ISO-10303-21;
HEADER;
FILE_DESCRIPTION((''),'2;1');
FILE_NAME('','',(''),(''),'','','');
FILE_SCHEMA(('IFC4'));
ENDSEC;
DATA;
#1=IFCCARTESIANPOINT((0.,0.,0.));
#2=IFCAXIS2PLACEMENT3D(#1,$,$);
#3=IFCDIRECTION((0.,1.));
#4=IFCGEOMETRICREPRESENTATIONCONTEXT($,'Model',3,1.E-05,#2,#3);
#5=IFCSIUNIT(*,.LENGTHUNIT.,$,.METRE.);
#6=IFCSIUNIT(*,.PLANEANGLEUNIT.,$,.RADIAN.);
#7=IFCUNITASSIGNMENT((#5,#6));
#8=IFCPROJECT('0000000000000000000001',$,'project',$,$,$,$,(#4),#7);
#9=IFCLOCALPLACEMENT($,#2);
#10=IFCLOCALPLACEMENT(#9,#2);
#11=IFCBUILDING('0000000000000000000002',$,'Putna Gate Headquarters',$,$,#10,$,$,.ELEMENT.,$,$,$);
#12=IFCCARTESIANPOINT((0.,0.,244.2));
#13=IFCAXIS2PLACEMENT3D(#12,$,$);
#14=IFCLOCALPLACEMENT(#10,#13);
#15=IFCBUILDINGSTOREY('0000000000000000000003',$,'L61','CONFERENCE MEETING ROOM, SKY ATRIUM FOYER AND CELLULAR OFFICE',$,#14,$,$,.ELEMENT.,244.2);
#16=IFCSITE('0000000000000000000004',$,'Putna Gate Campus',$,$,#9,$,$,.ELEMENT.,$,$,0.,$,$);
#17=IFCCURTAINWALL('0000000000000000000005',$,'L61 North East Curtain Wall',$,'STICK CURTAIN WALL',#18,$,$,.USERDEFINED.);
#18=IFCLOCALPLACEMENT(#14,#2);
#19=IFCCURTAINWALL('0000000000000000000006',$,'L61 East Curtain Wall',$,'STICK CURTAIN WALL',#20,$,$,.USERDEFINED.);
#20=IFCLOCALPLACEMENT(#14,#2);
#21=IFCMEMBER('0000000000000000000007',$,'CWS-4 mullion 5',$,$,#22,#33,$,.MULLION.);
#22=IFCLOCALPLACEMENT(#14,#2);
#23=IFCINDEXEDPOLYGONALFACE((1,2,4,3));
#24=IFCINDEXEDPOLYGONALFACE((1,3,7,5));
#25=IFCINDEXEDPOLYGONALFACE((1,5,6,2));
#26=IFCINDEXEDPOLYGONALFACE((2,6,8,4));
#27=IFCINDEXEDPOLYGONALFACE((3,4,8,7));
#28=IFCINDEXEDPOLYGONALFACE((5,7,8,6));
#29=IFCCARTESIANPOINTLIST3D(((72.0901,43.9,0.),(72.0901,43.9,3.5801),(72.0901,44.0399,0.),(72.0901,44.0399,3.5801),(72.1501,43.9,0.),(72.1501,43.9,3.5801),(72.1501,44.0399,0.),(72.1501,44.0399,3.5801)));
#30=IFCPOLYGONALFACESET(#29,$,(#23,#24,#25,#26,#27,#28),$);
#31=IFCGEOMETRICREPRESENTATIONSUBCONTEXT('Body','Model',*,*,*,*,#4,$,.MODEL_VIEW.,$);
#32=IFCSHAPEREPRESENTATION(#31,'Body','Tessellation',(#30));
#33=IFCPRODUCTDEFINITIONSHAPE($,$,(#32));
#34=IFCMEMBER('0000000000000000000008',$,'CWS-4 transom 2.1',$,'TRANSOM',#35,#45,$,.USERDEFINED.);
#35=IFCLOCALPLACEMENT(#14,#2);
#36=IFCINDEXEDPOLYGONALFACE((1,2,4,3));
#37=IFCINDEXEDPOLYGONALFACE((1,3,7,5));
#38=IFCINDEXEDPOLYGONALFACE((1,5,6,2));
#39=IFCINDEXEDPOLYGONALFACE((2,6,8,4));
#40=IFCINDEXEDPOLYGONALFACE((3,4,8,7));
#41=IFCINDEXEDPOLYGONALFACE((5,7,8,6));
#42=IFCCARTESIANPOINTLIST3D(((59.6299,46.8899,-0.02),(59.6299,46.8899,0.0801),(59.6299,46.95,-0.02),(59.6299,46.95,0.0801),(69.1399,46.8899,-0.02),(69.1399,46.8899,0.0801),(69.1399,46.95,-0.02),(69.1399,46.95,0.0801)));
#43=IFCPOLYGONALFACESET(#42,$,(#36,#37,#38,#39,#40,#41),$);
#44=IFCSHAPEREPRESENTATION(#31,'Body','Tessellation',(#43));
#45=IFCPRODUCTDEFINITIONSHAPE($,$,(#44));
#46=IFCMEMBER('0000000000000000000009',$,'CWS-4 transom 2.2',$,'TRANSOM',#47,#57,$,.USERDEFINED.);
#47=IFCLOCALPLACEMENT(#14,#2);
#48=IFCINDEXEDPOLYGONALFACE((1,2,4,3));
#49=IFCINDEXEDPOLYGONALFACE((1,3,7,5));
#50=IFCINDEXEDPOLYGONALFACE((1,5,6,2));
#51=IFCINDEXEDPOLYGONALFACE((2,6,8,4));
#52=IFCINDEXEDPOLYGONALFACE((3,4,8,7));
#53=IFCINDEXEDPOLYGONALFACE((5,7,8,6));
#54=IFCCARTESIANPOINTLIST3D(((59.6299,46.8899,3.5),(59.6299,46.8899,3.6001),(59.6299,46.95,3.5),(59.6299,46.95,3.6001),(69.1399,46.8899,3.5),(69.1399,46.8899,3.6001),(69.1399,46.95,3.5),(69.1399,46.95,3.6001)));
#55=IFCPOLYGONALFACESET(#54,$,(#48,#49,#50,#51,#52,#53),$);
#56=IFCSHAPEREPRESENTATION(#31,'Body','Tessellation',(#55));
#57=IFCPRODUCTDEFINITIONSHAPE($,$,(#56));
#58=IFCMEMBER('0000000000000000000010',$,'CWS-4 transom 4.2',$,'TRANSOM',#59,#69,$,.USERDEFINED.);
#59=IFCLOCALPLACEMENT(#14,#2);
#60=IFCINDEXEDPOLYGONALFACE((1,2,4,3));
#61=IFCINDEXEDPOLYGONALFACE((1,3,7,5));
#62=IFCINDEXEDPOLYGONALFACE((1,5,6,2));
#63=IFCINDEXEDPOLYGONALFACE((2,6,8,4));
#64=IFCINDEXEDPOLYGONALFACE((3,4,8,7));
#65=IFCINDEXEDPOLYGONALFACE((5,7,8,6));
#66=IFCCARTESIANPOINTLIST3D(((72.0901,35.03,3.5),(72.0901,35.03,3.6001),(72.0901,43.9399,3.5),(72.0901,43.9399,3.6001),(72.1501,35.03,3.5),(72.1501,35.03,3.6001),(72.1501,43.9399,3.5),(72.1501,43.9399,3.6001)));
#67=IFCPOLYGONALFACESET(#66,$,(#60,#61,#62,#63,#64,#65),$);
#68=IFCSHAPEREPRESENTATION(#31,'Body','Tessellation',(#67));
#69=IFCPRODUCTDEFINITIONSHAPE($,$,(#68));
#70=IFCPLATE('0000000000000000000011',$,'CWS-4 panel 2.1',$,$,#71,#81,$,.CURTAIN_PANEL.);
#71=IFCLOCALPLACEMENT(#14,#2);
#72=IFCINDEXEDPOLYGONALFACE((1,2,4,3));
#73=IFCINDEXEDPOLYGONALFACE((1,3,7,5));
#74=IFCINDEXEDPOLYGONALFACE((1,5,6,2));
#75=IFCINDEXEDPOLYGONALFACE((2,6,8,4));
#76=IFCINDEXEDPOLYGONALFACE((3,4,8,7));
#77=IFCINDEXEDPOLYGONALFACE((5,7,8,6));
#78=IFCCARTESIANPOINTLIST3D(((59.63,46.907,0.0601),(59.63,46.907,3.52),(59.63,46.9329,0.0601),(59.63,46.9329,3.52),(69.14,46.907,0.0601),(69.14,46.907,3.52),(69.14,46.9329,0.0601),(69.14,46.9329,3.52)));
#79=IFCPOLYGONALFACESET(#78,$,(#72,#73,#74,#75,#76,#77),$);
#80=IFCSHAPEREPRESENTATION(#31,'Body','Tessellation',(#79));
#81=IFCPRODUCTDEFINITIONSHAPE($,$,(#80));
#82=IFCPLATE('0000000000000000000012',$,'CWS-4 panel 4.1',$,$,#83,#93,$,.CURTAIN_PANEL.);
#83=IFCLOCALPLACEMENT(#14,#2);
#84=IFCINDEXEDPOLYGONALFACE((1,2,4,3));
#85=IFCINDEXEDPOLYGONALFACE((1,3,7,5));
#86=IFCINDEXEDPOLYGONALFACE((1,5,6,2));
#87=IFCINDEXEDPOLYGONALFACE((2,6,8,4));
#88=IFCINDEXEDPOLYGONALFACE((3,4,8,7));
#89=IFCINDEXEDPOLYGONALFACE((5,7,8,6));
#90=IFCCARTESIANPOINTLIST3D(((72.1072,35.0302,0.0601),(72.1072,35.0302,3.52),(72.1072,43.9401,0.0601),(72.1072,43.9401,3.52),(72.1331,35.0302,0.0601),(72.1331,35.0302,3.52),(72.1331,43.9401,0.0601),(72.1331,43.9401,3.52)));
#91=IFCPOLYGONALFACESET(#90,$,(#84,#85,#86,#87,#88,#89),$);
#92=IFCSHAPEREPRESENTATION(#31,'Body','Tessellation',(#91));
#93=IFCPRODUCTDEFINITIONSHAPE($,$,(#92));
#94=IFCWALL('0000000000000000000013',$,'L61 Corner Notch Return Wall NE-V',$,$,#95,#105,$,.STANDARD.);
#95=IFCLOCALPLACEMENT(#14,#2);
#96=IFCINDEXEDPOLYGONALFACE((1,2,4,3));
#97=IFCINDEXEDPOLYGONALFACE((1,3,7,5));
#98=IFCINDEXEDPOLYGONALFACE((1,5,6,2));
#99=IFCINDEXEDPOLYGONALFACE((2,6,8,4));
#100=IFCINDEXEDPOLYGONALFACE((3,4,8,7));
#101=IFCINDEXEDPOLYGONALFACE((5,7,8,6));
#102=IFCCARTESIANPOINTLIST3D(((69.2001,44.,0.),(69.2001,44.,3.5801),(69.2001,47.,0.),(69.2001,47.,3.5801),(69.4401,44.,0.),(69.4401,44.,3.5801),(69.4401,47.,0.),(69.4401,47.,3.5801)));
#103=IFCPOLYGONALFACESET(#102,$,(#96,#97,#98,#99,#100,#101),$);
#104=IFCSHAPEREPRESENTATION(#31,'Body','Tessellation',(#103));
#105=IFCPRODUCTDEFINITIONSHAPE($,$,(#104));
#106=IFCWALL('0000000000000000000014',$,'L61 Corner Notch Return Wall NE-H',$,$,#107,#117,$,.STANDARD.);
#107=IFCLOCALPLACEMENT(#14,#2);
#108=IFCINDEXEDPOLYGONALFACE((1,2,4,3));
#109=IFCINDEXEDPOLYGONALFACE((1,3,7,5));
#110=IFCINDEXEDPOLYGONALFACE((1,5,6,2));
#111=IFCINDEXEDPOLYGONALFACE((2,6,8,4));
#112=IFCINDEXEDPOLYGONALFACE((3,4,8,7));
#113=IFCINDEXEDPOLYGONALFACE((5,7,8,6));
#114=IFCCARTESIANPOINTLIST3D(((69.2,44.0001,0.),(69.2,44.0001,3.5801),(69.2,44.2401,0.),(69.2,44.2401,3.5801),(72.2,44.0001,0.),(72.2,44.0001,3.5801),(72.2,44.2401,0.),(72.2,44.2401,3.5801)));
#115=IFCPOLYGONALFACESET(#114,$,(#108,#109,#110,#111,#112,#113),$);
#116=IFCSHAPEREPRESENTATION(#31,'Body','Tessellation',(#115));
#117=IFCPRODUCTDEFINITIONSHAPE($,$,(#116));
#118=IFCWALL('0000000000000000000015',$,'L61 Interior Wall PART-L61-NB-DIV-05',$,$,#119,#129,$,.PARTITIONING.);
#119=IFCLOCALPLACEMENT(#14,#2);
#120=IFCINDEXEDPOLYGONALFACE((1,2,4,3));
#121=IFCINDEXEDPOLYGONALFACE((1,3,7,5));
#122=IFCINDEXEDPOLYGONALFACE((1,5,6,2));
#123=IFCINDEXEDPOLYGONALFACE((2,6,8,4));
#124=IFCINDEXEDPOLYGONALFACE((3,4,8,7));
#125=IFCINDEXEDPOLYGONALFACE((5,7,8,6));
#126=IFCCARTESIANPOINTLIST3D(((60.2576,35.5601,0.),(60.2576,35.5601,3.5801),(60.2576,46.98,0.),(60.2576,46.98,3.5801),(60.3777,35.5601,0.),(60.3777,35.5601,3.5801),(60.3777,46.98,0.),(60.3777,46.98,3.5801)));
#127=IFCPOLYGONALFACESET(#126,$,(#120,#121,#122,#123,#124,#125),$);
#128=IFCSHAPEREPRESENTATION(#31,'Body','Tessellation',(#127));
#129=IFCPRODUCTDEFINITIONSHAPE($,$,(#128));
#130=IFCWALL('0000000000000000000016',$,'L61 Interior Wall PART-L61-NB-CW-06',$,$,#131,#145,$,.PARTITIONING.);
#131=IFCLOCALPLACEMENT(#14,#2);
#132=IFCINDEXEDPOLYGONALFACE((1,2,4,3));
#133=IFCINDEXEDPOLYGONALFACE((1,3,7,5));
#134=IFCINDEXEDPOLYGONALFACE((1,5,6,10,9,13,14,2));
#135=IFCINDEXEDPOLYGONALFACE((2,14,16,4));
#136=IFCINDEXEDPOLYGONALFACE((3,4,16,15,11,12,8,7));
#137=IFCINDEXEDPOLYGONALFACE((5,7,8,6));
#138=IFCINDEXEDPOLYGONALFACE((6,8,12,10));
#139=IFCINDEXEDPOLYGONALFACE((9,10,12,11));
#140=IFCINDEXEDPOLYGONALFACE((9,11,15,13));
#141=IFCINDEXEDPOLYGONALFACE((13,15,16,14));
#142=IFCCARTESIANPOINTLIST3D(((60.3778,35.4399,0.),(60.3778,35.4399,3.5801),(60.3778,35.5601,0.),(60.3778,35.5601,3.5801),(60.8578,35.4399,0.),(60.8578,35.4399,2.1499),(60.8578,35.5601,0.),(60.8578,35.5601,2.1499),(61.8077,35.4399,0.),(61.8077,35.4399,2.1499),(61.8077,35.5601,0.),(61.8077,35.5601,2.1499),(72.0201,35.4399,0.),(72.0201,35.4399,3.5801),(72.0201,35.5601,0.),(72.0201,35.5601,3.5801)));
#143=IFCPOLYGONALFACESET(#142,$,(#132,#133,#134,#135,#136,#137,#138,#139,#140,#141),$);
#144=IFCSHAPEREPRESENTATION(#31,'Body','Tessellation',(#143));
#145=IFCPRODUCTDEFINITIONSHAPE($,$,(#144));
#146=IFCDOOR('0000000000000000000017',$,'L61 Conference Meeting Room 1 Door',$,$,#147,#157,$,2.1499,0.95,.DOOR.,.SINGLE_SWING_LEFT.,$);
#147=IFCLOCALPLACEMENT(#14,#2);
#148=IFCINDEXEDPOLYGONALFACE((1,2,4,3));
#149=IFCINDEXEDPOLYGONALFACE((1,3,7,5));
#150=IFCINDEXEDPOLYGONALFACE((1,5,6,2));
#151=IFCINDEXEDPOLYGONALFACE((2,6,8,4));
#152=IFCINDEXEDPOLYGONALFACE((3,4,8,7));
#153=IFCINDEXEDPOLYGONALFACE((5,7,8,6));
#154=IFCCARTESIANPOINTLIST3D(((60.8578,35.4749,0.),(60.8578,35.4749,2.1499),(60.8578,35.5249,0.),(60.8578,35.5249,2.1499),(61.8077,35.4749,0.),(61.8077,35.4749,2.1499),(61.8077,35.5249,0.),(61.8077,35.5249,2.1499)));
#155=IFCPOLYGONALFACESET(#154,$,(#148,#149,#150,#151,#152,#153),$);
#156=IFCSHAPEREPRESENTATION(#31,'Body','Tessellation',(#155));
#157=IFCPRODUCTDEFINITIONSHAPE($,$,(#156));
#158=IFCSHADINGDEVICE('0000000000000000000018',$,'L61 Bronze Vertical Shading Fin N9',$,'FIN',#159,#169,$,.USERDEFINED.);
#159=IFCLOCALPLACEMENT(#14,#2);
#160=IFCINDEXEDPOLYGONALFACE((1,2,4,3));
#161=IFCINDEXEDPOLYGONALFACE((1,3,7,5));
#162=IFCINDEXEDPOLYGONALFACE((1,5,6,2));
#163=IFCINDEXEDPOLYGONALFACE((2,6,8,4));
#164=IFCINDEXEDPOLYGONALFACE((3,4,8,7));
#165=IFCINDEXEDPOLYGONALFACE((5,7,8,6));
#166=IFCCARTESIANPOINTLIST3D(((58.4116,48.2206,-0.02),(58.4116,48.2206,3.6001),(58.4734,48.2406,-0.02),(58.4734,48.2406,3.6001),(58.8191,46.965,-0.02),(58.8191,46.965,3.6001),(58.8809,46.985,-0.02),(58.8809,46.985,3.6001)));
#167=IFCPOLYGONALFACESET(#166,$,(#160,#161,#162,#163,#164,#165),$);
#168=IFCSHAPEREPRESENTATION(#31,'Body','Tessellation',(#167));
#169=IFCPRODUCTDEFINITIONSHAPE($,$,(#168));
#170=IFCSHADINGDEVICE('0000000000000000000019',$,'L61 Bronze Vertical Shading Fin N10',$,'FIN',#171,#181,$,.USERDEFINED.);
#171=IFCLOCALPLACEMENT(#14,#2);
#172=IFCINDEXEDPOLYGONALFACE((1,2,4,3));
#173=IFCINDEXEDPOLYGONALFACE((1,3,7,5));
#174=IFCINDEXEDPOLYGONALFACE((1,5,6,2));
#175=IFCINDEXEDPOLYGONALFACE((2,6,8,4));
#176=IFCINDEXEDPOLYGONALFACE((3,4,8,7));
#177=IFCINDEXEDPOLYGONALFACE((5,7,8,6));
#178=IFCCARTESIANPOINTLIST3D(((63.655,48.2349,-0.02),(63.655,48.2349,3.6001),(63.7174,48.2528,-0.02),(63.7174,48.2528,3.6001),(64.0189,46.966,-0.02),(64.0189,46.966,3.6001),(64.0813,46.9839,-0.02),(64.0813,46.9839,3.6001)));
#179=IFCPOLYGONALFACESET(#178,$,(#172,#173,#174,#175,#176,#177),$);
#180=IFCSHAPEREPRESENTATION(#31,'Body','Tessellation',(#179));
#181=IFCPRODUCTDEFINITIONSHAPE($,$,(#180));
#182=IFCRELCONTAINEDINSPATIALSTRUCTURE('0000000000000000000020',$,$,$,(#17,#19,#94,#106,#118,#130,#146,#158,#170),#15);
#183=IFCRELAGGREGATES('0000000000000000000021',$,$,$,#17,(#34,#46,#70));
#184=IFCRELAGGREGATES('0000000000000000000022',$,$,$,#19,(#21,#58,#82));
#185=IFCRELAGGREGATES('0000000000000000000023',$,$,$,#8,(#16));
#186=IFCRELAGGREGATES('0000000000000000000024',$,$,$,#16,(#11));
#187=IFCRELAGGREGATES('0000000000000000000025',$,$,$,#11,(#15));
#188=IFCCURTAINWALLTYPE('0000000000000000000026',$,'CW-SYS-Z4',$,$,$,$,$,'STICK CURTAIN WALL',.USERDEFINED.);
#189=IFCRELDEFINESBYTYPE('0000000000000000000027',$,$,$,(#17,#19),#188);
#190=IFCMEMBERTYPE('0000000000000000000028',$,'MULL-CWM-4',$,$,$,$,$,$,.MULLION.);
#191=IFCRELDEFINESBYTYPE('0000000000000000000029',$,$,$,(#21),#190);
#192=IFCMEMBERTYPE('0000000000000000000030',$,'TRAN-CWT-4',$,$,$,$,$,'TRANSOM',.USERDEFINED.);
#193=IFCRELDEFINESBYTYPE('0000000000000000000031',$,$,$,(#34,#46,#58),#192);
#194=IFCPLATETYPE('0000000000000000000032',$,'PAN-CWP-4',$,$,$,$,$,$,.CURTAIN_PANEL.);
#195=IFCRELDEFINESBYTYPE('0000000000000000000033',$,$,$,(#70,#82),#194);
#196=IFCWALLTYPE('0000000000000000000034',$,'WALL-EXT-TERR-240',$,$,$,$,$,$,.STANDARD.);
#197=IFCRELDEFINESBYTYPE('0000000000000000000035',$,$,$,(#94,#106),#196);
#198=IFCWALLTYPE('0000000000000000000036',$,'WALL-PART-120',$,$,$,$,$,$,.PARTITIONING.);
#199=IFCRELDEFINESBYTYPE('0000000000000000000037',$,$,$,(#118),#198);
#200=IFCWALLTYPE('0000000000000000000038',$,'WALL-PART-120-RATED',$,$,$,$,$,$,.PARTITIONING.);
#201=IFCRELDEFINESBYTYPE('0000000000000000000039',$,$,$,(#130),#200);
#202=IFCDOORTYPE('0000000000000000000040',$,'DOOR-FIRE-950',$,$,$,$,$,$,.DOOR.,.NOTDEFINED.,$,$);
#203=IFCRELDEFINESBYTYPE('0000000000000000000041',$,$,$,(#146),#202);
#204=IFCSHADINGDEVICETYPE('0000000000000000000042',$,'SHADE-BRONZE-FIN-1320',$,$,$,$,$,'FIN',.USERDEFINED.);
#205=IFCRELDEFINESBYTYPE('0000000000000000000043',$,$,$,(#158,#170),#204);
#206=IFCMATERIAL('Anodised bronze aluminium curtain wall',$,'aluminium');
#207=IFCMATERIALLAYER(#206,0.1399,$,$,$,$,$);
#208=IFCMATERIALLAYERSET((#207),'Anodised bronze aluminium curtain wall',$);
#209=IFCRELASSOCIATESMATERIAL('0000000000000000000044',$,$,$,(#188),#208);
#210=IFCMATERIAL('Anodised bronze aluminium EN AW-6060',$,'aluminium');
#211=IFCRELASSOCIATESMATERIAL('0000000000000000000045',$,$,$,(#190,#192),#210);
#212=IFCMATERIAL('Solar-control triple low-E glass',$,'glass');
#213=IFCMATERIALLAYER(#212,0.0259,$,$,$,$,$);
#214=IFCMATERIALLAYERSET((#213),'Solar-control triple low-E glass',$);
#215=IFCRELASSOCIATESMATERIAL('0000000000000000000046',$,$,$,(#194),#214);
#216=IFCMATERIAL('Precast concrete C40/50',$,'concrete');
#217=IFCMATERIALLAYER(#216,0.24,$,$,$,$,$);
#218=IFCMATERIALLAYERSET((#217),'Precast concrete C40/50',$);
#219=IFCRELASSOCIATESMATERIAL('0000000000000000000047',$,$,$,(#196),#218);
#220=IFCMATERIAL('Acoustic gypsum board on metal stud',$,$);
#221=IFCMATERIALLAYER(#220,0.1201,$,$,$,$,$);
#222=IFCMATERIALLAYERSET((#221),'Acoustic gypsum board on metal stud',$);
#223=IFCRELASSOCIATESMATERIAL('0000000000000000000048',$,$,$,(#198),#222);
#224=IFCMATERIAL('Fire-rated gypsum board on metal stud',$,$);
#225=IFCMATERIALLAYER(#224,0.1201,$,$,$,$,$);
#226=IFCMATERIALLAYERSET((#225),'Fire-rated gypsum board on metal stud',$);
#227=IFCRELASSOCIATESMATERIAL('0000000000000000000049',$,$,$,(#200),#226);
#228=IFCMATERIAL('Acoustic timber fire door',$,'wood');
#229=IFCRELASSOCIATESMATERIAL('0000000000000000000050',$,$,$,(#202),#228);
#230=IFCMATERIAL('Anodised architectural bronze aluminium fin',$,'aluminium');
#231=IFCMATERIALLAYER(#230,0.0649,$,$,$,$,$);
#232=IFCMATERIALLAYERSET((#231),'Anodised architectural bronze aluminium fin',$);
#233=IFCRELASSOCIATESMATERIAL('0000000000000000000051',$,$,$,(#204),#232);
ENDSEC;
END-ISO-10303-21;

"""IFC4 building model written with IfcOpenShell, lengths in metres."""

from ifc_helpers import new_model, si_unit, direction, frame, frame_2d, origin, origin_2d, place, context, subcontext, project, spatial, rectangle, extrude, material, layer, layer_set, material_profile, profile_set, type_object, element, fill, aggregate, save


model = new_model("IFC4")

# Units and contexts
model_context = context("Model", 3, precision=1e-05, world=origin(), true_north=direction((0.0, 1.0)))
body_context = subcontext(model_context, "Body", "Model", "MODEL_VIEW")
ifc_project = project(units=[si_unit("LENGTHUNIT", "METRE"), si_unit("PLANEANGLEUNIT", "RADIAN")], contexts=[model_context])

# Site, building, storey
site_placement = place(None, origin())
site = spatial("IfcSite", under=ifc_project, at=site_placement, Name="Putna Gate Campus", CompositionType="ELEMENT", RefElevation=0.0)
building_placement = place(site_placement, origin())
building = spatial("IfcBuilding", under=site, at=building_placement, Name="Putna Gate Headquarters", CompositionType="ELEMENT")
storey_placement = place(building_placement, frame((0.0, 0.0, 244.2)))
storey = spatial("IfcBuildingStorey", under=building, at=storey_placement, Name="L61", Description="CONFERENCE MEETING ROOM, SKY ATRIUM FOYER AND CELLULAR OFFICE", CompositionType="ELEMENT", Elevation=244.2)

# Curtain wall
ifc_material_1 = material(Name="Anodised bronze aluminium curtain wall", Category="aluminium")
ifc_layer_1 = layer(ifc_material_1, 0.1399)
ifc_layer_set_1 = layer_set([ifc_layer_1], Name="Anodised bronze aluminium curtain wall")
curtain_wall_type = type_object("IfcCurtainWallType", Name="CW-SYS-Z4", ElementType="STICK CURTAIN WALL", PredefinedType="USERDEFINED", material=ifc_layer_set_1)
curtain_wall_1_placement = place(storey_placement, origin())
curtain_wall_1 = element("IfcCurtainWall", 1, at=curtain_wall_1_placement, inside=storey, type_object=curtain_wall_type, Name="L61 North East Curtain Wall", ObjectType="STICK CURTAIN WALL", PredefinedType="USERDEFINED")
ifc_material_2 = material(Name="Anodised bronze aluminium EN AW-6060", Category="aluminium")
ifc_material_profile_1 = material_profile(ifc_material_2, rectangle(XDim=0.0601, YDim=0.1399, at=origin_2d()), Name="Anodised bronze aluminium EN AW-6060")
ifc_profile_set_1 = profile_set([ifc_material_profile_1], Name="Anodised bronze aluminium EN AW-6060")
member_type_1 = type_object("IfcMemberType", Name="MULL-CWM-4", PredefinedType="MULLION", material=ifc_profile_set_1)

# Curtain wall, member
curtain_wall_2_placement = place(storey_placement, origin())
curtain_wall_2 = element("IfcCurtainWall", 2, at=curtain_wall_2_placement, inside=storey, type_object=curtain_wall_type, Name="L61 East Curtain Wall", ObjectType="STICK CURTAIN WALL", PredefinedType="USERDEFINED")
member_1_placement = place(storey_placement, frame((72.1201, 43.97, 0.0), z_axis=(0.0, 0.0, 1.0), x_axis=(-1.0, 0.0, 0.0)))
member_1 = element("IfcMember", 3, at=member_1_placement, type_object=member_type_1, Name="CWS-4 mullion 5", PredefinedType="MULLION", context=body_context, shape_type="SweptSolid", body=[
    extrude(rectangle(XDim=0.0601, YDim=0.1399, at=origin_2d()), origin(), (0.0, 0.0, 1.0), 3.5801),
])

# Members
ifc_material_profile_2 = material_profile(ifc_material_2, rectangle(XDim=0.0601, YDim=0.1001, at=origin_2d()), Name="Anodised bronze aluminium EN AW-6060")
ifc_profile_set_2 = profile_set([ifc_material_profile_2], Name="Anodised bronze aluminium EN AW-6060")
member_type_2 = type_object("IfcMemberType", Name="TRAN-CWT-4", ElementType="TRANSOM", PredefinedType="USERDEFINED", material=ifc_profile_set_2)
member_2_placement = place(storey_placement, frame((59.6299, 46.9199, 0.03), z_axis=(1.0, 0.0, 0.0), x_axis=(0.0, 1.0, 0.0)))
member_2 = element("IfcMember", 4, at=member_2_placement, type_object=member_type_2, Name="CWS-4 transom 2.1", ObjectType="TRANSOM", PredefinedType="USERDEFINED", context=body_context, shape_type="SweptSolid", body=[
    extrude(rectangle(XDim=0.0601, YDim=0.1001, at=origin_2d()), origin(), (0.0, 0.0, 1.0), 9.51),
])
member_3_placement = place(storey_placement, frame((59.6299, 46.9199, 3.55), z_axis=(1.0, 0.0, 0.0), x_axis=(0.0, 1.0, 0.0)))
member_3 = element("IfcMember", 5, at=member_3_placement, type_object=member_type_2, Name="CWS-4 transom 2.2", ObjectType="TRANSOM", PredefinedType="USERDEFINED", context=body_context, shape_type="SweptSolid", body=[
    extrude(rectangle(XDim=0.0601, YDim=0.1001, at=origin_2d()), origin(), (0.0, 0.0, 1.0), 9.51),
])
member_4_placement = place(storey_placement, frame((72.1201, 35.03, 3.55), z_axis=(0.0, 1.0, 0.0), x_axis=(-1.0, 0.0, 0.0)))
member_4 = element("IfcMember", 6, at=member_4_placement, type_object=member_type_2, Name="CWS-4 transom 4.2", ObjectType="TRANSOM", PredefinedType="USERDEFINED", context=body_context, shape_type="SweptSolid", body=[
    extrude(rectangle(XDim=0.0601, YDim=0.1001, at=origin_2d()), origin(), (0.0, 0.0, 1.0), 8.9099),
])

# Plates
ifc_material_3 = material(Name="Solar-control triple low-E glass", Category="glass")
ifc_layer_2 = layer(ifc_material_3, 0.0259)
ifc_layer_set_2 = layer_set([ifc_layer_2], Name="Solar-control triple low-E glass")
plate_type = type_object("IfcPlateType", Name="PAN-CWP-4", PredefinedType="CURTAIN_PANEL", material=ifc_layer_set_2)
plate_1_placement = place(storey_placement, frame((64.385, 46.9199, 0.0601), z_axis=(0.0, 0.0, 1.0), x_axis=(1.0, 0.0, 0.0)))
plate_1 = element("IfcPlate", 7, at=plate_1_placement, type_object=plate_type, Name="CWS-4 panel 2.1", PredefinedType="CURTAIN_PANEL", context=body_context, shape_type="SweptSolid", body=[
    extrude(rectangle(XDim=9.51, YDim=0.0259, at=origin_2d()), origin(), (0.0, 0.0, 1.0), 3.46),
])
aggregate(curtain_wall_1, [member_2, member_3, plate_1])
plate_2_placement = place(storey_placement, frame((72.1201, 39.4851, 0.0601), z_axis=(0.0, 0.0, 1.0), x_axis=(0.0, 1.0, 0.0)))
plate_2 = element("IfcPlate", 8, at=plate_2_placement, type_object=plate_type, Name="CWS-4 panel 4.1", PredefinedType="CURTAIN_PANEL", context=body_context, shape_type="SweptSolid", body=[
    extrude(rectangle(XDim=8.9099, YDim=0.0259, at=origin_2d()), origin(), (0.0, 0.0, 1.0), 3.46),
])
aggregate(curtain_wall_2, [member_1, member_4, plate_2])

# Walls
ifc_material_4 = material(Name="Precast concrete C40/50", Category="concrete")
ifc_layer_3 = layer(ifc_material_4, 0.24)
ifc_layer_set_3 = layer_set([ifc_layer_3], Name="Precast concrete C40/50")
wall_type_1 = type_object("IfcWallType", Name="WALL-EXT-TERR-240", PredefinedType="STANDARD", material=ifc_layer_set_3)
for number, where, z_axis, x_axis, name in (
    (9, (69.3201, 47.0, 0.0), (0.0, 0.0, 1.0), (0.0, -1.0, 0.0), "L61 Corner Notch Return Wall NE-V"),
    (10, (69.2, 44.1201, 0.0), (0.0, 0.0, 1.0), (1.0, 0.0, 0.0), "L61 Corner Notch Return Wall NE-H"),
):
    element("IfcWall", number, at=place(storey_placement, frame(where, z_axis=z_axis, x_axis=x_axis)), inside=storey, type_object=wall_type_1, Name=name, PredefinedType="STANDARD", context=body_context, shape_type="SweptSolid", body=[
        extrude(rectangle(XDim=3.0, YDim=0.24, at=frame_2d((1.5, 0.0))), origin(), (0.0, 0.0, 1.0), 3.5801),
    ])
ifc_material_5 = material(Name="Acoustic gypsum board on metal stud")
ifc_layer_4 = layer(ifc_material_5, 0.1201)
ifc_layer_set_4 = layer_set([ifc_layer_4], Name="Acoustic gypsum board on metal stud")
wall_type_2 = type_object("IfcWallType", Name="WALL-PART-120", PredefinedType="PARTITIONING", material=ifc_layer_set_4)
wall_1_placement = place(storey_placement, frame((60.3176, 35.5601, 0.0), z_axis=(0.0, 0.0, 1.0), x_axis=(0.0, 1.0, 0.0)))
element("IfcWall", 11, at=wall_1_placement, inside=storey, type_object=wall_type_2, Name="L61 Interior Wall PART-L61-NB-DIV-05", PredefinedType="PARTITIONING", context=body_context, shape_type="SweptSolid", body=[
    extrude(rectangle(XDim=11.4199, YDim=0.1201, at=frame_2d((5.71, 0.0))), origin(), (0.0, 0.0, 1.0), 3.5801),
])

# Wall, opening, door
ifc_material_6 = material(Name="Fire-rated gypsum board on metal stud")
ifc_layer_5 = layer(ifc_material_6, 0.1201)
ifc_layer_set_5 = layer_set([ifc_layer_5], Name="Fire-rated gypsum board on metal stud")
wall_type_3 = type_object("IfcWallType", Name="WALL-PART-120-RATED", PredefinedType="PARTITIONING", material=ifc_layer_set_5)
wall_2_placement = place(storey_placement, frame((60.3777, 35.5, 0.0), z_axis=(0.0, 0.0, 1.0), x_axis=(1.0, 0.0, 0.0)))
wall_2 = element("IfcWall", 12, at=wall_2_placement, inside=storey, type_object=wall_type_3, Name="L61 Interior Wall PART-L61-NB-CW-06", PredefinedType="PARTITIONING", context=body_context, shape_type="SweptSolid", body=[
    extrude(rectangle(XDim=11.6423, YDim=0.1201, at=frame_2d((5.8213, 0.0))), origin(), (0.0, 0.0, 1.0), 3.5801),
])
opening_placement = place(wall_2_placement, frame((0.48, 0.0, 0.0)))
opening = element("IfcOpeningElement", 13, at=opening_placement, cuts=wall_2, PredefinedType="OPENING", context=body_context, shape_type="SweptSolid", body=[
    extrude(rectangle(XDim=0.95, YDim=2.1499, at=frame_2d((0.4751, 1.075))), frame((0.0, 0.0701, 0.0), z_axis=(0.0, -1.0, 0.0), x_axis=(1.0, 0.0, 0.0)), (0.0, 0.0, 1.0), 0.1401),
])
ifc_material_7 = material(Name="Acoustic timber fire door", Category="wood")
door_type = type_object("IfcDoorType", Name="DOOR-FIRE-950", OperationType="NOTDEFINED", PredefinedType="DOOR", material=ifc_material_7)
door_placement = place(opening_placement, origin())
door = element("IfcDoor", 14, at=door_placement, inside=storey, type_object=door_type, Name="L61 Conference Meeting Room 1 Door", OperationType="SINGLE_SWING_LEFT", OverallHeight=2.1499, OverallWidth=0.95, PredefinedType="DOOR", context=body_context, shape_type="SweptSolid", body=[
    extrude(rectangle(XDim=0.95, YDim=2.1499, at=frame_2d((0.4751, 1.075))), frame((0.0, 0.0249, 0.0), z_axis=(0.0, -1.0, 0.0), x_axis=(1.0, 0.0, 0.0)), (0.0, 0.0, 1.0), 0.05),
])
fill(opening, door)

# Shading devices
ifc_material_8 = material(Name="Anodised architectural bronze aluminium fin", Category="aluminium")
ifc_layer_6 = layer(ifc_material_8, 0.0649)
ifc_layer_set_6 = layer_set([ifc_layer_6], Name="Anodised architectural bronze aluminium fin")
shading_device_type = type_object("IfcShadingDeviceType", Name="SHADE-BRONZE-FIN-1320", ElementType="FIN", PredefinedType="USERDEFINED", material=ifc_layer_set_6)
for number, where, z_axis, x_axis, name in (
    (15, (58.6462, 47.6028, -0.02), (0.0, 0.0, 1.0), (-0.308685, 0.951164, 0.0), "L61 Bronze Vertical Shading Fin N9"),
    (16, (63.8682, 47.6094, -0.02), (0.0, 0.0, 1.0), (-0.275637, 0.961262, 0.0), "L61 Bronze Vertical Shading Fin N10"),
):
    element("IfcShadingDevice", number, at=place(storey_placement, frame(where, z_axis=z_axis, x_axis=x_axis)), inside=storey, type_object=shading_device_type, Name=name, ObjectType="FIN", PredefinedType="USERDEFINED", context=body_context, shape_type="SweptSolid", body=[
        extrude(rectangle(XDim=1.3201, YDim=0.0649, at=origin_2d()), origin(), (0.0, 0.0, 1.0), 3.6201),
    ])

save(model, "model.ifc")
